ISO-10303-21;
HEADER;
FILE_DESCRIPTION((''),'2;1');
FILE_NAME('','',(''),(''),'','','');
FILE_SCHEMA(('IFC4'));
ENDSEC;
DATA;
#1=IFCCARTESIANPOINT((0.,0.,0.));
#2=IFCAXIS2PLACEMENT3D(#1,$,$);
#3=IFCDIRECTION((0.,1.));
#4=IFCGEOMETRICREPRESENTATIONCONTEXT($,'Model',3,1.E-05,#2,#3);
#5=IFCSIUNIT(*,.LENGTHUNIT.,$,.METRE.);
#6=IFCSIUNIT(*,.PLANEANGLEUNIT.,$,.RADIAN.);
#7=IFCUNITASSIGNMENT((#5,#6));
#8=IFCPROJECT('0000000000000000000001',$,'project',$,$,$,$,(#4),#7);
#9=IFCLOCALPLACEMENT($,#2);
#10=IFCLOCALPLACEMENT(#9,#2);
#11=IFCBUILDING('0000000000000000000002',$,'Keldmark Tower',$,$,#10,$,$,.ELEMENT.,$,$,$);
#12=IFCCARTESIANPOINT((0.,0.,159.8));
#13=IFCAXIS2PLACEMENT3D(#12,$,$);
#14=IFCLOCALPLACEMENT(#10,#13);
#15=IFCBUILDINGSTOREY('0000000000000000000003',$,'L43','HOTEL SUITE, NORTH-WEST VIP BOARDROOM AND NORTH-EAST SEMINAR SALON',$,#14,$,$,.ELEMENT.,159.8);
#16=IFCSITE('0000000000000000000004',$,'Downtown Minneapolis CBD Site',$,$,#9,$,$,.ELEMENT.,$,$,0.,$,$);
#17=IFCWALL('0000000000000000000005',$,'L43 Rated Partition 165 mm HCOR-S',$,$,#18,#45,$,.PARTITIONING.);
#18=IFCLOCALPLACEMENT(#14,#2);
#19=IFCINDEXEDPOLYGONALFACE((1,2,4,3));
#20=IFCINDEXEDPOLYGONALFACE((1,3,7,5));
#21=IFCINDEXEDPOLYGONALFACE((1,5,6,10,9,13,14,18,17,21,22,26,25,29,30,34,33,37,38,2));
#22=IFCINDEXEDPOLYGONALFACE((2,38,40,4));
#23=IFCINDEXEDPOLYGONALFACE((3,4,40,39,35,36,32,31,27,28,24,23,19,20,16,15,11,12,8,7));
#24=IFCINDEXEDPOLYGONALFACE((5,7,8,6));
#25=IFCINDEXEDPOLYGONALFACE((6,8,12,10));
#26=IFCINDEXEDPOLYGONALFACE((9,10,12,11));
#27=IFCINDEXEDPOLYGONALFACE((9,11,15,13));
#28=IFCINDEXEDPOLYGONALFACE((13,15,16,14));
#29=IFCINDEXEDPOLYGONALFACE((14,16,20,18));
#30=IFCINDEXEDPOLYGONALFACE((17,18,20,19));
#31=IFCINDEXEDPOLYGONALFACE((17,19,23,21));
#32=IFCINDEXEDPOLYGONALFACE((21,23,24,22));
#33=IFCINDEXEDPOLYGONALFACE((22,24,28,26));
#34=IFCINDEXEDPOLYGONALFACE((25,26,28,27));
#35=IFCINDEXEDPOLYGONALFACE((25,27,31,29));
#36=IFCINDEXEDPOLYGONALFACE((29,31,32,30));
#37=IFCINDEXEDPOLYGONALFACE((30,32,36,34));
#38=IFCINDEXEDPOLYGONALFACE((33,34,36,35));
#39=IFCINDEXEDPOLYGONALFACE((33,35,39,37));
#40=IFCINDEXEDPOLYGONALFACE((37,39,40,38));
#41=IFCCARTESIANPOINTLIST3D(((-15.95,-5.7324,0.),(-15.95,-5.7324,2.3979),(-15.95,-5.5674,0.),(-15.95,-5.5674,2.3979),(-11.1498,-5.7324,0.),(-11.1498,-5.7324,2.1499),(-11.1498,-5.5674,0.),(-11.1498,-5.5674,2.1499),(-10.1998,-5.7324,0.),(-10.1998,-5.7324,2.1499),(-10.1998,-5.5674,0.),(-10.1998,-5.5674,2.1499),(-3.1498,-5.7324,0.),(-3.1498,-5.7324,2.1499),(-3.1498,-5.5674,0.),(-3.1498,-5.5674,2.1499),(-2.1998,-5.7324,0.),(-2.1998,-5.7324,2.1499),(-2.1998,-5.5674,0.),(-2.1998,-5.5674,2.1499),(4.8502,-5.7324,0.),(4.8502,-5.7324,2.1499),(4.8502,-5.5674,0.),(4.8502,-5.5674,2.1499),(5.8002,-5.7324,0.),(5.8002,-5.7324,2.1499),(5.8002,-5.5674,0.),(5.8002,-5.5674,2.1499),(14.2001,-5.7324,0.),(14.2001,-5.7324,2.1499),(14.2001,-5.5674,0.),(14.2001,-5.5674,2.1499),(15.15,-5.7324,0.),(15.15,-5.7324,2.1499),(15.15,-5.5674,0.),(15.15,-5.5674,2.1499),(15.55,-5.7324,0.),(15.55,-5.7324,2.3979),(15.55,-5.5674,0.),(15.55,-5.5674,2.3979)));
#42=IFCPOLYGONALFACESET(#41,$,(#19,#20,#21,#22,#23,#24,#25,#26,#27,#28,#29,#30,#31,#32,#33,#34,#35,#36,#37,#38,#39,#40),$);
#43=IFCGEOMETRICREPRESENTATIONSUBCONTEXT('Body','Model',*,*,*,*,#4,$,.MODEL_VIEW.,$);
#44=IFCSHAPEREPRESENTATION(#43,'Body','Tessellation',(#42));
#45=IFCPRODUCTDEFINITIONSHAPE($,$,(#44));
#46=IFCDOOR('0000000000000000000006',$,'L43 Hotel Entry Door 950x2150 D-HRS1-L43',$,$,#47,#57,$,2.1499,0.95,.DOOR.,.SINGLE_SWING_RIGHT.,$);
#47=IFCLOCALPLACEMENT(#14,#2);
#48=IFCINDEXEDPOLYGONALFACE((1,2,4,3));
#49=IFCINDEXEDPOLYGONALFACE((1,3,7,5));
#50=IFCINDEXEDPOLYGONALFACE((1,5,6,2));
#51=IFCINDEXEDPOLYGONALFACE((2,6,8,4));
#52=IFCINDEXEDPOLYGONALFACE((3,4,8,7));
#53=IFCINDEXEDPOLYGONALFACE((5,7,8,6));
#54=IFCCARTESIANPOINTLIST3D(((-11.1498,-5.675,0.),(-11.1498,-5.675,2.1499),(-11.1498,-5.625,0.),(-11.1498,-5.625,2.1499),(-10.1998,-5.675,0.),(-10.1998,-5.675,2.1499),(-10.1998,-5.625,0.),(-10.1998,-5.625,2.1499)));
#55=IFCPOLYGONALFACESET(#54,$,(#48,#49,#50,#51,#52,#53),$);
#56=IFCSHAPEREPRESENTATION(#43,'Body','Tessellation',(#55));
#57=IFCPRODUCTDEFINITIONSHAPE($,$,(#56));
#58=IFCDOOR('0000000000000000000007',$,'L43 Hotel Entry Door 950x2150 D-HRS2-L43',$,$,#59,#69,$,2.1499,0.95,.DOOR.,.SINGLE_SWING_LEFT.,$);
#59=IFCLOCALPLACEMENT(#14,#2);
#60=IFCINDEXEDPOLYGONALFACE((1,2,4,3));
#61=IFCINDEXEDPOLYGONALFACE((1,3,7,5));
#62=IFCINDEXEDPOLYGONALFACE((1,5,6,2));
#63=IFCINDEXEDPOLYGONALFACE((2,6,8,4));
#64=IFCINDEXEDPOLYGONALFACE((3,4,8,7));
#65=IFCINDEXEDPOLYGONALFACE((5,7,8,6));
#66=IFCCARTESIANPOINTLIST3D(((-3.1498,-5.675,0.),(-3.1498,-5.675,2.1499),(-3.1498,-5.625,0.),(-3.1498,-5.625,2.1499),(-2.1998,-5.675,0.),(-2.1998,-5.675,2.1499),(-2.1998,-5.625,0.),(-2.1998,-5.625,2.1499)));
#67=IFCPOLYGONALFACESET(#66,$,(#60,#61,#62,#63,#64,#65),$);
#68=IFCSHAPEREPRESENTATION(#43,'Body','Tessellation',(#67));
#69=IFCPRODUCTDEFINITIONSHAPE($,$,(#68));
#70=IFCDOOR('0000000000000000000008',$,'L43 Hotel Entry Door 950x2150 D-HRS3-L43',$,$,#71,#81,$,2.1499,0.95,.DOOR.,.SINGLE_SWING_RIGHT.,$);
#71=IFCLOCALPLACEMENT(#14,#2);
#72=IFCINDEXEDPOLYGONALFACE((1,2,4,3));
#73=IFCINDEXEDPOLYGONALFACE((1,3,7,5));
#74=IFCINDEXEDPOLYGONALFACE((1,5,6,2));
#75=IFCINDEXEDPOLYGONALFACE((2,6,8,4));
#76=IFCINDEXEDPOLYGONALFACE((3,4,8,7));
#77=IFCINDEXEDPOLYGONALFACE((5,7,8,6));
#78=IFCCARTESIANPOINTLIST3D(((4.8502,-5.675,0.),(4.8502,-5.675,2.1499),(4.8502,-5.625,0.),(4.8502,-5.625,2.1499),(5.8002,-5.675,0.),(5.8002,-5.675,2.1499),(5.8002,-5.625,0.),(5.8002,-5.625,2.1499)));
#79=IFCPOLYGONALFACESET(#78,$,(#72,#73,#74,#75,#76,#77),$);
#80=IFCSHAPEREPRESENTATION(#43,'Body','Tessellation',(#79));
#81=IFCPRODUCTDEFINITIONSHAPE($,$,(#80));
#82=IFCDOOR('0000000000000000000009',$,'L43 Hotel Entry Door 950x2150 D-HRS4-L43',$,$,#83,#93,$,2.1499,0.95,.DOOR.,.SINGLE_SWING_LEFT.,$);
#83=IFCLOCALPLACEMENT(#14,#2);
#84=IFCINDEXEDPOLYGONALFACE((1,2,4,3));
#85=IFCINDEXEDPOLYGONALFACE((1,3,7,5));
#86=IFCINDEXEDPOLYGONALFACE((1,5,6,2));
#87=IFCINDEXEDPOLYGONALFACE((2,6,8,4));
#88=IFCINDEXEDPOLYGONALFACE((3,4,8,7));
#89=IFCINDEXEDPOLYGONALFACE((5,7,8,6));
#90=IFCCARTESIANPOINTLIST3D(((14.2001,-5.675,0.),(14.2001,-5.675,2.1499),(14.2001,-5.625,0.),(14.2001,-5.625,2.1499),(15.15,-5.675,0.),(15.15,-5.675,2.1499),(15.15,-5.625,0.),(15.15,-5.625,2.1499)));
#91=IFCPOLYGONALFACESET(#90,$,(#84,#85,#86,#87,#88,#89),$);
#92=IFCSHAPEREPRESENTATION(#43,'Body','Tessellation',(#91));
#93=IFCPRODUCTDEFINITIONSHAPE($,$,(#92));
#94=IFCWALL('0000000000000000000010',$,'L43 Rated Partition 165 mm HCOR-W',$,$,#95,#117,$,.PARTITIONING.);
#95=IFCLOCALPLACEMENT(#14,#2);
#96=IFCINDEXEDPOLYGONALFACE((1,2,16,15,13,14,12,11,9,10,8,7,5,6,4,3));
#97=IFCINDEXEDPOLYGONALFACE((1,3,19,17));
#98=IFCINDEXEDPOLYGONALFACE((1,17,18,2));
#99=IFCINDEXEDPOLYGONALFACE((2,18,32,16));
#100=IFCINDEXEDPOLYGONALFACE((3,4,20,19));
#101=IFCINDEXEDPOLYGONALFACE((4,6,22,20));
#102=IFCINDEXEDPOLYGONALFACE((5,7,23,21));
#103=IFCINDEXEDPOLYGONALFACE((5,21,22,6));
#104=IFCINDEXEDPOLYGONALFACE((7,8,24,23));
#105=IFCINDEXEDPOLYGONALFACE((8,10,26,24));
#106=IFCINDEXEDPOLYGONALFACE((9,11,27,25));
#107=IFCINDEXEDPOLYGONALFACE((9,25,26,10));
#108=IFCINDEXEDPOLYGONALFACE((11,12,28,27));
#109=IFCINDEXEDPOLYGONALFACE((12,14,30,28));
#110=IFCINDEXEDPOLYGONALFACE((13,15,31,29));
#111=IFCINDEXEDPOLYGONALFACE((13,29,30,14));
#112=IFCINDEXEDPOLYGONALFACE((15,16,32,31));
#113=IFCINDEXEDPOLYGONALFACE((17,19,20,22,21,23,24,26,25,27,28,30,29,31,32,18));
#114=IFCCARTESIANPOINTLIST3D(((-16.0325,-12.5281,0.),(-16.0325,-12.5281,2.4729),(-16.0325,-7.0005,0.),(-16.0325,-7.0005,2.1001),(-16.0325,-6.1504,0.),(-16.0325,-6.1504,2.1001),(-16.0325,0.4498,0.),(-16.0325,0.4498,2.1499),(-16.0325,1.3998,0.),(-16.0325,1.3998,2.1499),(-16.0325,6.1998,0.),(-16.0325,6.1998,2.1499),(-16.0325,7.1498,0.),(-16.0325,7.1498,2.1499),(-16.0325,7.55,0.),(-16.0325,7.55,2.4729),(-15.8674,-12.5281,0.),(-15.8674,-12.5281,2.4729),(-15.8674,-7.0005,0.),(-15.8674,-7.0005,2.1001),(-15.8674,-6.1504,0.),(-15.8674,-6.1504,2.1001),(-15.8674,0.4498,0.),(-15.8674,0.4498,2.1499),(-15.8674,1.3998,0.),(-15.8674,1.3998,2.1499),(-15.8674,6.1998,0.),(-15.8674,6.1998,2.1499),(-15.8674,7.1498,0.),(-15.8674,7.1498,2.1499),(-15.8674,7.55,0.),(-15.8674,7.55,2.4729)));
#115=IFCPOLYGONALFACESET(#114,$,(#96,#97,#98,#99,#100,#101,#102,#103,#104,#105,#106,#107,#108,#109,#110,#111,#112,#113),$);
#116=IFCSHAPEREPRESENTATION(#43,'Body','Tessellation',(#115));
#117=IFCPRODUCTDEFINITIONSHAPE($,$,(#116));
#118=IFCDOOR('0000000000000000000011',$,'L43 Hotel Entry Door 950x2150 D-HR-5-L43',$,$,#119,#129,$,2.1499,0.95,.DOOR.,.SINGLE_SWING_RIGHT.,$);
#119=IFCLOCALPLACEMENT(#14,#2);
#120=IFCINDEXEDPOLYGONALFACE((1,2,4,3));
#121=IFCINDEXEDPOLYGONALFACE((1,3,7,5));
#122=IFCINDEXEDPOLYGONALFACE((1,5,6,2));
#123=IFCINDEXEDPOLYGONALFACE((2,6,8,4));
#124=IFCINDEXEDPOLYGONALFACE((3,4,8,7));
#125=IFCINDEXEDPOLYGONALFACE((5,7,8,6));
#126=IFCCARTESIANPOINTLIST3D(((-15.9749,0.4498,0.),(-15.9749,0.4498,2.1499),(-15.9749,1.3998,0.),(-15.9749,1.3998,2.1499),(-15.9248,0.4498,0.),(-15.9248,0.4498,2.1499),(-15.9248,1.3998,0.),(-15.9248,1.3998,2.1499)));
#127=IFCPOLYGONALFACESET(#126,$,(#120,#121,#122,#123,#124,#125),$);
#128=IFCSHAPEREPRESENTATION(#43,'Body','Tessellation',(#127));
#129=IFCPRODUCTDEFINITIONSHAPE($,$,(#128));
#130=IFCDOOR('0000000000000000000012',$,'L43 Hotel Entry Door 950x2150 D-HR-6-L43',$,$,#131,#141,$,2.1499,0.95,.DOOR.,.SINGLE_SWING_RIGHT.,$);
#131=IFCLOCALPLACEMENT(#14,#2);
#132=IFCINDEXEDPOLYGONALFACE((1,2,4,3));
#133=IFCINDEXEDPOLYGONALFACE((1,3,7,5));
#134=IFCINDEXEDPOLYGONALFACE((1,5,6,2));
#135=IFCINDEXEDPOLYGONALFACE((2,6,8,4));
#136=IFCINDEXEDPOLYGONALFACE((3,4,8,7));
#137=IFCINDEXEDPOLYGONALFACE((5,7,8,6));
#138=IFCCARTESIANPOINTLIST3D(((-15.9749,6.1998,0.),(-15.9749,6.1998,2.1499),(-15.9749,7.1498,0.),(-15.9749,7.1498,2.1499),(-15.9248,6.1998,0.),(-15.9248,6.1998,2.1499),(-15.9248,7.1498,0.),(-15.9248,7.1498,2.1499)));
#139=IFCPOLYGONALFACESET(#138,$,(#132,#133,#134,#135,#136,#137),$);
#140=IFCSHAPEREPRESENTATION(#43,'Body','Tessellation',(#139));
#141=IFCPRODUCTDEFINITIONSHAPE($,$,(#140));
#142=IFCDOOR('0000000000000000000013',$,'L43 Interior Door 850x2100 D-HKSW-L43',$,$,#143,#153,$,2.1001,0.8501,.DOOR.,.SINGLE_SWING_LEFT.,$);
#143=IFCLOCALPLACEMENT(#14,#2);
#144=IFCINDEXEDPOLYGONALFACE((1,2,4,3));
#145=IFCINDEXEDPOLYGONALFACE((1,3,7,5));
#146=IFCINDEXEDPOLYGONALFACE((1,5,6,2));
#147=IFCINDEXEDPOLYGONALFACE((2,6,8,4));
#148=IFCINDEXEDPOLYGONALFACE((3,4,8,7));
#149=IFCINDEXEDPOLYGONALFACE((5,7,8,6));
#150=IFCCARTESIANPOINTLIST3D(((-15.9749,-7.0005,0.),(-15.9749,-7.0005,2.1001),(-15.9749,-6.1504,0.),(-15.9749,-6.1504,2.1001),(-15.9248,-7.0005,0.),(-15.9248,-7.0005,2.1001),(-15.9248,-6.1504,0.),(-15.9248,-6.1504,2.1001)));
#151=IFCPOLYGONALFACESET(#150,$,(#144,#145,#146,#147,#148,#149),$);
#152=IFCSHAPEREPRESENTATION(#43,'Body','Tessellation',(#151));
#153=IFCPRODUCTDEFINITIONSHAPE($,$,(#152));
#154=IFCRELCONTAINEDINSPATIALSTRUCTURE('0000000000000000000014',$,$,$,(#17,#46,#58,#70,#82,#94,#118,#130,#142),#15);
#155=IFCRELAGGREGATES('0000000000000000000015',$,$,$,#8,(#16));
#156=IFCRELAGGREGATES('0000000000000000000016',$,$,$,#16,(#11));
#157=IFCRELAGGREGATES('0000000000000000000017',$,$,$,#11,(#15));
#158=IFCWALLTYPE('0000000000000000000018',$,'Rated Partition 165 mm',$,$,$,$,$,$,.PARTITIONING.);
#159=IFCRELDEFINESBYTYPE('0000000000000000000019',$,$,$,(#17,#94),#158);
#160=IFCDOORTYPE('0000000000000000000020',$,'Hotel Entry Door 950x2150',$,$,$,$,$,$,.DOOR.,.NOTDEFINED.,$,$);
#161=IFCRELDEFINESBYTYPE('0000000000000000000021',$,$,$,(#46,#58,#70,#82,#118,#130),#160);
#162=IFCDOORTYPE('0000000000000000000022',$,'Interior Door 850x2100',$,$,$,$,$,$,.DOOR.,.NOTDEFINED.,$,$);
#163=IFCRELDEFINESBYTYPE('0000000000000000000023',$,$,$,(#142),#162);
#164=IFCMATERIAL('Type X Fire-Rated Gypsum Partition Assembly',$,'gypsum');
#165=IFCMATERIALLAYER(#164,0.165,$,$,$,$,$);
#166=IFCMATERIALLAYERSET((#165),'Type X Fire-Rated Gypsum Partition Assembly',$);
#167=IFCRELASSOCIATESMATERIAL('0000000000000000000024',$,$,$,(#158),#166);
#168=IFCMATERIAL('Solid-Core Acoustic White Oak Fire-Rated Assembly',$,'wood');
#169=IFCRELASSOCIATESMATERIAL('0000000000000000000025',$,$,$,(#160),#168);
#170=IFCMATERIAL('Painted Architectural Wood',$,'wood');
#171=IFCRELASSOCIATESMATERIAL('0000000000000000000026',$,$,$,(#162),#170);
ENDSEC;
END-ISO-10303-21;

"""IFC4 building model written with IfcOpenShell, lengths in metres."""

from ifc_helpers import new_model, si_unit, direction, frame, frame_2d, origin, place, context, subcontext, project, spatial, rectangle, extrude, material, layer, layer_set, type_object, element, fill, save


model = new_model("IFC4")

# Units and contexts
model_context = context("Model", 3, precision=1e-05, world=origin(), true_north=direction((0.0, 1.0)))
body_context = subcontext(model_context, "Body", "Model", "MODEL_VIEW")
ifc_project = project(units=[si_unit("LENGTHUNIT", "METRE"), si_unit("PLANEANGLEUNIT", "RADIAN")], contexts=[model_context])

# Site, building, storey
site_placement = place(None, origin())
site = spatial("IfcSite", under=ifc_project, at=site_placement, Name="Downtown Minneapolis CBD Site", CompositionType="ELEMENT", RefElevation=0.0)
building_placement = place(site_placement, origin())
building = spatial("IfcBuilding", under=site, at=building_placement, Name="Keldmark Tower", CompositionType="ELEMENT")
storey_placement = place(building_placement, frame((0.0, 0.0, 159.8)))
storey = spatial("IfcBuildingStorey", under=building, at=storey_placement, Name="L43", Description="HOTEL SUITE, NORTH-WEST VIP BOARDROOM AND NORTH-EAST SEMINAR SALON", CompositionType="ELEMENT", Elevation=159.8)

# Walls, openings, doors
ifc_material_1 = material(Name="Type X Fire-Rated Gypsum Partition Assembly", Category="gypsum")
ifc_layer_1 = layer(ifc_material_1, 0.165)
ifc_layer_set_1 = layer_set([ifc_layer_1], Name="Type X Fire-Rated Gypsum Partition Assembly")
wall_type_1 = type_object("IfcWallType", Name="Rated Partition 165 mm", PredefinedType="PARTITIONING", material=ifc_layer_set_1)
wall_1_placement = place(storey_placement, frame((-15.95, -5.6499, 0.0), z_axis=(0.0, 0.0, 1.0), x_axis=(1.0, 0.0, 0.0)))
wall_1 = element("IfcWall", 1, at=wall_1_placement, inside=storey, type_object=wall_type_1, Name="L43 Rated Partition 165 mm HCOR-S", PredefinedType="PARTITIONING", context=body_context, shape_type="SweptSolid", body=[
    extrude(rectangle(XDim=31.5, YDim=0.165, at=frame_2d((15.75, 0.0))), origin(), (0.0, 0.0, 1.0), 2.3979),
])
opening_1_placement = place(wall_1_placement, frame((4.8, 0.0, 0.0)))
opening_1 = element("IfcOpeningElement", 2, at=opening_1_placement, cuts=wall_1, PredefinedType="OPENING", context=body_context, shape_type="SweptSolid", body=[
    extrude(rectangle(XDim=0.95, YDim=2.1499, at=frame_2d((0.4751, 1.075))), frame((0.0, 0.0925, 0.0), z_axis=(0.0, -1.0, 0.0), x_axis=(1.0, 0.0, 0.0)), (0.0, 0.0, 1.0), 0.1851),
])
opening_2_placement = place(wall_1_placement, frame((12.8, 0.0, 0.0)))
opening_2 = element("IfcOpeningElement", 3, at=opening_2_placement, cuts=wall_1, PredefinedType="OPENING", context=body_context, shape_type="SweptSolid", body=[
    extrude(rectangle(XDim=0.95, YDim=2.1499, at=frame_2d((0.4751, 1.075))), frame((0.0, 0.0925, 0.0), z_axis=(0.0, -1.0, 0.0), x_axis=(1.0, 0.0, 0.0)), (0.0, 0.0, 1.0), 0.1851),
])
opening_3_placement = place(wall_1_placement, frame((20.8, 0.0, 0.0)))
opening_3 = element("IfcOpeningElement", 4, at=opening_3_placement, cuts=wall_1, PredefinedType="OPENING", context=body_context, shape_type="SweptSolid", body=[
    extrude(rectangle(XDim=0.95, YDim=2.1499, at=frame_2d((0.4751, 1.075))), frame((0.0, 0.0925, 0.0), z_axis=(0.0, -1.0, 0.0), x_axis=(1.0, 0.0, 0.0)), (0.0, 0.0, 1.0), 0.1851),
])
opening_4_placement = place(wall_1_placement, frame((30.1499, 0.0, 0.0)))
opening_4 = element("IfcOpeningElement", 5, at=opening_4_placement, cuts=wall_1, PredefinedType="OPENING", context=body_context, shape_type="SweptSolid", body=[
    extrude(rectangle(XDim=0.95, YDim=2.1499, at=frame_2d((0.4751, 1.075))), frame((0.0, 0.0925, 0.0), z_axis=(0.0, -1.0, 0.0), x_axis=(1.0, 0.0, 0.0)), (0.0, 0.0, 1.0), 0.1851),
])
ifc_material_2 = material(Name="Solid-Core Acoustic White Oak Fire-Rated Assembly", Category="wood")
door_type_1 = type_object("IfcDoorType", Name="Hotel Entry Door 950x2150", OperationType="NOTDEFINED", PredefinedType="DOOR", material=ifc_material_2)
door_1_placement = place(opening_1_placement, origin())
door_1 = element("IfcDoor", 6, at=door_1_placement, inside=storey, type_object=door_type_1, Name="L43 Hotel Entry Door 950x2150 D-HRS1-L43", OperationType="SINGLE_SWING_RIGHT", OverallHeight=2.1499, OverallWidth=0.95, PredefinedType="DOOR", context=body_context, shape_type="SweptSolid", body=[
    extrude(rectangle(XDim=0.95, YDim=2.1499, at=frame_2d((0.4751, 1.075))), frame((0.0, 0.0249, 0.0), z_axis=(0.0, -1.0, 0.0), x_axis=(1.0, 0.0, 0.0)), (0.0, 0.0, 1.0), 0.05),
])
fill(opening_1, door_1)
door_2_placement = place(opening_2_placement, origin())
door_2 = element("IfcDoor", 7, at=door_2_placement, inside=storey, type_object=door_type_1, Name="L43 Hotel Entry Door 950x2150 D-HRS2-L43", OperationType="SINGLE_SWING_LEFT", OverallHeight=2.1499, OverallWidth=0.95, PredefinedType="DOOR", context=body_context, shape_type="SweptSolid", body=[
    extrude(rectangle(XDim=0.95, YDim=2.1499, at=frame_2d((0.4751, 1.075))), frame((0.0, 0.0249, 0.0), z_axis=(0.0, -1.0, 0.0), x_axis=(1.0, 0.0, 0.0)), (0.0, 0.0, 1.0), 0.05),
])
fill(opening_2, door_2)
door_3_placement = place(opening_3_placement, origin())
door_3 = element("IfcDoor", 8, at=door_3_placement, inside=storey, type_object=door_type_1, Name="L43 Hotel Entry Door 950x2150 D-HRS3-L43", OperationType="SINGLE_SWING_RIGHT", OverallHeight=2.1499, OverallWidth=0.95, PredefinedType="DOOR", context=body_context, shape_type="SweptSolid", body=[
    extrude(rectangle(XDim=0.95, YDim=2.1499, at=frame_2d((0.4751, 1.075))), frame((0.0, 0.0249, 0.0), z_axis=(0.0, -1.0, 0.0), x_axis=(1.0, 0.0, 0.0)), (0.0, 0.0, 1.0), 0.05),
])
fill(opening_3, door_3)
door_4_placement = place(opening_4_placement, origin())
door_4 = element("IfcDoor", 9, at=door_4_placement, inside=storey, type_object=door_type_1, Name="L43 Hotel Entry Door 950x2150 D-HRS4-L43", OperationType="SINGLE_SWING_LEFT", OverallHeight=2.1499, OverallWidth=0.95, PredefinedType="DOOR", context=body_context, shape_type="SweptSolid", body=[
    extrude(rectangle(XDim=0.95, YDim=2.1499, at=frame_2d((0.4751, 1.075))), frame((0.0, 0.0249, 0.0), z_axis=(0.0, -1.0, 0.0), x_axis=(1.0, 0.0, 0.0)), (0.0, 0.0, 1.0), 0.05),
])
fill(opening_4, door_4)
wall_2_placement = place(storey_placement, frame((-15.95, -12.5281, 0.0), z_axis=(0.0, 0.0, 1.0), x_axis=(0.0, 1.0, 0.0)))
wall_2 = element("IfcWall", 10, at=wall_2_placement, inside=storey, type_object=wall_type_1, Name="L43 Rated Partition 165 mm HCOR-W", PredefinedType="PARTITIONING", context=body_context, shape_type="SweptSolid", body=[
    extrude(rectangle(XDim=20.0781, YDim=0.165, at=frame_2d((10.0391, 0.0))), origin(), (0.0, 0.0, 1.0), 2.4729),
])
opening_5_placement = place(wall_2_placement, frame((5.5276, 0.0, 0.0)))
opening_5 = element("IfcOpeningElement", 11, at=opening_5_placement, cuts=wall_2, PredefinedType="OPENING", context=body_context, shape_type="SweptSolid", body=[
    extrude(rectangle(XDim=0.8501, YDim=2.1001, at=frame_2d((0.425, 1.05))), frame((0.0, 0.0925, 0.0), z_axis=(0.0, -1.0, 0.0), x_axis=(1.0, 0.0, 0.0)), (0.0, 0.0, 1.0), 0.1851),
])
opening_6_placement = place(wall_2_placement, frame((12.9778, 0.0, 0.0)))
opening_6 = element("IfcOpeningElement", 12, at=opening_6_placement, cuts=wall_2, PredefinedType="OPENING", context=body_context, shape_type="SweptSolid", body=[
    extrude(rectangle(XDim=0.95, YDim=2.1499, at=frame_2d((0.4751, 1.075))), frame((0.0, 0.0925, 0.0), z_axis=(0.0, -1.0, 0.0), x_axis=(1.0, 0.0, 0.0)), (0.0, 0.0, 1.0), 0.1851),
])
opening_7_placement = place(wall_2_placement, frame((18.7278, 0.0, 0.0)))
opening_7 = element("IfcOpeningElement", 13, at=opening_7_placement, cuts=wall_2, PredefinedType="OPENING", context=body_context, shape_type="SweptSolid", body=[
    extrude(rectangle(XDim=0.95, YDim=2.1499, at=frame_2d((0.4751, 1.075))), frame((0.0, 0.0925, 0.0), z_axis=(0.0, -1.0, 0.0), x_axis=(1.0, 0.0, 0.0)), (0.0, 0.0, 1.0), 0.1851),
])
door_5_placement = place(opening_6_placement, origin())
door_5 = element("IfcDoor", 14, at=door_5_placement, inside=storey, type_object=door_type_1, Name="L43 Hotel Entry Door 950x2150 D-HR-5-L43", OperationType="SINGLE_SWING_RIGHT", OverallHeight=2.1499, OverallWidth=0.95, PredefinedType="DOOR", context=body_context, shape_type="SweptSolid", body=[
    extrude(rectangle(XDim=0.95, YDim=2.1499, at=frame_2d((0.4751, 1.075))), frame((0.0, 0.0249, 0.0), z_axis=(0.0, -1.0, 0.0), x_axis=(1.0, 0.0, 0.0)), (0.0, 0.0, 1.0), 0.05),
])
fill(opening_6, door_5)
door_6_placement = place(opening_7_placement, origin())
door_6 = element("IfcDoor", 15, at=door_6_placement, inside=storey, type_object=door_type_1, Name="L43 Hotel Entry Door 950x2150 D-HR-6-L43", OperationType="SINGLE_SWING_RIGHT", OverallHeight=2.1499, OverallWidth=0.95, PredefinedType="DOOR", context=body_context, shape_type="SweptSolid", body=[
    extrude(rectangle(XDim=0.95, YDim=2.1499, at=frame_2d((0.4751, 1.075))), frame((0.0, 0.0249, 0.0), z_axis=(0.0, -1.0, 0.0), x_axis=(1.0, 0.0, 0.0)), (0.0, 0.0, 1.0), 0.05),
])
fill(opening_7, door_6)
ifc_material_3 = material(Name="Painted Architectural Wood", Category="wood")
door_type_2 = type_object("IfcDoorType", Name="Interior Door 850x2100", OperationType="NOTDEFINED", PredefinedType="DOOR", material=ifc_material_3)
door_7_placement = place(opening_5_placement, origin())
door_7 = element("IfcDoor", 16, at=door_7_placement, inside=storey, type_object=door_type_2, Name="L43 Interior Door 850x2100 D-HKSW-L43", OperationType="SINGLE_SWING_LEFT", OverallHeight=2.1001, OverallWidth=0.8501, PredefinedType="DOOR", context=body_context, shape_type="SweptSolid", body=[
    extrude(rectangle(XDim=0.8501, YDim=2.1001, at=frame_2d((0.425, 1.05))), frame((0.0, 0.0249, 0.0), z_axis=(0.0, -1.0, 0.0), x_axis=(1.0, 0.0, 0.0)), (0.0, 0.0, 1.0), 0.05),
])
fill(opening_5, door_7)

save(model, "model.ifc")
